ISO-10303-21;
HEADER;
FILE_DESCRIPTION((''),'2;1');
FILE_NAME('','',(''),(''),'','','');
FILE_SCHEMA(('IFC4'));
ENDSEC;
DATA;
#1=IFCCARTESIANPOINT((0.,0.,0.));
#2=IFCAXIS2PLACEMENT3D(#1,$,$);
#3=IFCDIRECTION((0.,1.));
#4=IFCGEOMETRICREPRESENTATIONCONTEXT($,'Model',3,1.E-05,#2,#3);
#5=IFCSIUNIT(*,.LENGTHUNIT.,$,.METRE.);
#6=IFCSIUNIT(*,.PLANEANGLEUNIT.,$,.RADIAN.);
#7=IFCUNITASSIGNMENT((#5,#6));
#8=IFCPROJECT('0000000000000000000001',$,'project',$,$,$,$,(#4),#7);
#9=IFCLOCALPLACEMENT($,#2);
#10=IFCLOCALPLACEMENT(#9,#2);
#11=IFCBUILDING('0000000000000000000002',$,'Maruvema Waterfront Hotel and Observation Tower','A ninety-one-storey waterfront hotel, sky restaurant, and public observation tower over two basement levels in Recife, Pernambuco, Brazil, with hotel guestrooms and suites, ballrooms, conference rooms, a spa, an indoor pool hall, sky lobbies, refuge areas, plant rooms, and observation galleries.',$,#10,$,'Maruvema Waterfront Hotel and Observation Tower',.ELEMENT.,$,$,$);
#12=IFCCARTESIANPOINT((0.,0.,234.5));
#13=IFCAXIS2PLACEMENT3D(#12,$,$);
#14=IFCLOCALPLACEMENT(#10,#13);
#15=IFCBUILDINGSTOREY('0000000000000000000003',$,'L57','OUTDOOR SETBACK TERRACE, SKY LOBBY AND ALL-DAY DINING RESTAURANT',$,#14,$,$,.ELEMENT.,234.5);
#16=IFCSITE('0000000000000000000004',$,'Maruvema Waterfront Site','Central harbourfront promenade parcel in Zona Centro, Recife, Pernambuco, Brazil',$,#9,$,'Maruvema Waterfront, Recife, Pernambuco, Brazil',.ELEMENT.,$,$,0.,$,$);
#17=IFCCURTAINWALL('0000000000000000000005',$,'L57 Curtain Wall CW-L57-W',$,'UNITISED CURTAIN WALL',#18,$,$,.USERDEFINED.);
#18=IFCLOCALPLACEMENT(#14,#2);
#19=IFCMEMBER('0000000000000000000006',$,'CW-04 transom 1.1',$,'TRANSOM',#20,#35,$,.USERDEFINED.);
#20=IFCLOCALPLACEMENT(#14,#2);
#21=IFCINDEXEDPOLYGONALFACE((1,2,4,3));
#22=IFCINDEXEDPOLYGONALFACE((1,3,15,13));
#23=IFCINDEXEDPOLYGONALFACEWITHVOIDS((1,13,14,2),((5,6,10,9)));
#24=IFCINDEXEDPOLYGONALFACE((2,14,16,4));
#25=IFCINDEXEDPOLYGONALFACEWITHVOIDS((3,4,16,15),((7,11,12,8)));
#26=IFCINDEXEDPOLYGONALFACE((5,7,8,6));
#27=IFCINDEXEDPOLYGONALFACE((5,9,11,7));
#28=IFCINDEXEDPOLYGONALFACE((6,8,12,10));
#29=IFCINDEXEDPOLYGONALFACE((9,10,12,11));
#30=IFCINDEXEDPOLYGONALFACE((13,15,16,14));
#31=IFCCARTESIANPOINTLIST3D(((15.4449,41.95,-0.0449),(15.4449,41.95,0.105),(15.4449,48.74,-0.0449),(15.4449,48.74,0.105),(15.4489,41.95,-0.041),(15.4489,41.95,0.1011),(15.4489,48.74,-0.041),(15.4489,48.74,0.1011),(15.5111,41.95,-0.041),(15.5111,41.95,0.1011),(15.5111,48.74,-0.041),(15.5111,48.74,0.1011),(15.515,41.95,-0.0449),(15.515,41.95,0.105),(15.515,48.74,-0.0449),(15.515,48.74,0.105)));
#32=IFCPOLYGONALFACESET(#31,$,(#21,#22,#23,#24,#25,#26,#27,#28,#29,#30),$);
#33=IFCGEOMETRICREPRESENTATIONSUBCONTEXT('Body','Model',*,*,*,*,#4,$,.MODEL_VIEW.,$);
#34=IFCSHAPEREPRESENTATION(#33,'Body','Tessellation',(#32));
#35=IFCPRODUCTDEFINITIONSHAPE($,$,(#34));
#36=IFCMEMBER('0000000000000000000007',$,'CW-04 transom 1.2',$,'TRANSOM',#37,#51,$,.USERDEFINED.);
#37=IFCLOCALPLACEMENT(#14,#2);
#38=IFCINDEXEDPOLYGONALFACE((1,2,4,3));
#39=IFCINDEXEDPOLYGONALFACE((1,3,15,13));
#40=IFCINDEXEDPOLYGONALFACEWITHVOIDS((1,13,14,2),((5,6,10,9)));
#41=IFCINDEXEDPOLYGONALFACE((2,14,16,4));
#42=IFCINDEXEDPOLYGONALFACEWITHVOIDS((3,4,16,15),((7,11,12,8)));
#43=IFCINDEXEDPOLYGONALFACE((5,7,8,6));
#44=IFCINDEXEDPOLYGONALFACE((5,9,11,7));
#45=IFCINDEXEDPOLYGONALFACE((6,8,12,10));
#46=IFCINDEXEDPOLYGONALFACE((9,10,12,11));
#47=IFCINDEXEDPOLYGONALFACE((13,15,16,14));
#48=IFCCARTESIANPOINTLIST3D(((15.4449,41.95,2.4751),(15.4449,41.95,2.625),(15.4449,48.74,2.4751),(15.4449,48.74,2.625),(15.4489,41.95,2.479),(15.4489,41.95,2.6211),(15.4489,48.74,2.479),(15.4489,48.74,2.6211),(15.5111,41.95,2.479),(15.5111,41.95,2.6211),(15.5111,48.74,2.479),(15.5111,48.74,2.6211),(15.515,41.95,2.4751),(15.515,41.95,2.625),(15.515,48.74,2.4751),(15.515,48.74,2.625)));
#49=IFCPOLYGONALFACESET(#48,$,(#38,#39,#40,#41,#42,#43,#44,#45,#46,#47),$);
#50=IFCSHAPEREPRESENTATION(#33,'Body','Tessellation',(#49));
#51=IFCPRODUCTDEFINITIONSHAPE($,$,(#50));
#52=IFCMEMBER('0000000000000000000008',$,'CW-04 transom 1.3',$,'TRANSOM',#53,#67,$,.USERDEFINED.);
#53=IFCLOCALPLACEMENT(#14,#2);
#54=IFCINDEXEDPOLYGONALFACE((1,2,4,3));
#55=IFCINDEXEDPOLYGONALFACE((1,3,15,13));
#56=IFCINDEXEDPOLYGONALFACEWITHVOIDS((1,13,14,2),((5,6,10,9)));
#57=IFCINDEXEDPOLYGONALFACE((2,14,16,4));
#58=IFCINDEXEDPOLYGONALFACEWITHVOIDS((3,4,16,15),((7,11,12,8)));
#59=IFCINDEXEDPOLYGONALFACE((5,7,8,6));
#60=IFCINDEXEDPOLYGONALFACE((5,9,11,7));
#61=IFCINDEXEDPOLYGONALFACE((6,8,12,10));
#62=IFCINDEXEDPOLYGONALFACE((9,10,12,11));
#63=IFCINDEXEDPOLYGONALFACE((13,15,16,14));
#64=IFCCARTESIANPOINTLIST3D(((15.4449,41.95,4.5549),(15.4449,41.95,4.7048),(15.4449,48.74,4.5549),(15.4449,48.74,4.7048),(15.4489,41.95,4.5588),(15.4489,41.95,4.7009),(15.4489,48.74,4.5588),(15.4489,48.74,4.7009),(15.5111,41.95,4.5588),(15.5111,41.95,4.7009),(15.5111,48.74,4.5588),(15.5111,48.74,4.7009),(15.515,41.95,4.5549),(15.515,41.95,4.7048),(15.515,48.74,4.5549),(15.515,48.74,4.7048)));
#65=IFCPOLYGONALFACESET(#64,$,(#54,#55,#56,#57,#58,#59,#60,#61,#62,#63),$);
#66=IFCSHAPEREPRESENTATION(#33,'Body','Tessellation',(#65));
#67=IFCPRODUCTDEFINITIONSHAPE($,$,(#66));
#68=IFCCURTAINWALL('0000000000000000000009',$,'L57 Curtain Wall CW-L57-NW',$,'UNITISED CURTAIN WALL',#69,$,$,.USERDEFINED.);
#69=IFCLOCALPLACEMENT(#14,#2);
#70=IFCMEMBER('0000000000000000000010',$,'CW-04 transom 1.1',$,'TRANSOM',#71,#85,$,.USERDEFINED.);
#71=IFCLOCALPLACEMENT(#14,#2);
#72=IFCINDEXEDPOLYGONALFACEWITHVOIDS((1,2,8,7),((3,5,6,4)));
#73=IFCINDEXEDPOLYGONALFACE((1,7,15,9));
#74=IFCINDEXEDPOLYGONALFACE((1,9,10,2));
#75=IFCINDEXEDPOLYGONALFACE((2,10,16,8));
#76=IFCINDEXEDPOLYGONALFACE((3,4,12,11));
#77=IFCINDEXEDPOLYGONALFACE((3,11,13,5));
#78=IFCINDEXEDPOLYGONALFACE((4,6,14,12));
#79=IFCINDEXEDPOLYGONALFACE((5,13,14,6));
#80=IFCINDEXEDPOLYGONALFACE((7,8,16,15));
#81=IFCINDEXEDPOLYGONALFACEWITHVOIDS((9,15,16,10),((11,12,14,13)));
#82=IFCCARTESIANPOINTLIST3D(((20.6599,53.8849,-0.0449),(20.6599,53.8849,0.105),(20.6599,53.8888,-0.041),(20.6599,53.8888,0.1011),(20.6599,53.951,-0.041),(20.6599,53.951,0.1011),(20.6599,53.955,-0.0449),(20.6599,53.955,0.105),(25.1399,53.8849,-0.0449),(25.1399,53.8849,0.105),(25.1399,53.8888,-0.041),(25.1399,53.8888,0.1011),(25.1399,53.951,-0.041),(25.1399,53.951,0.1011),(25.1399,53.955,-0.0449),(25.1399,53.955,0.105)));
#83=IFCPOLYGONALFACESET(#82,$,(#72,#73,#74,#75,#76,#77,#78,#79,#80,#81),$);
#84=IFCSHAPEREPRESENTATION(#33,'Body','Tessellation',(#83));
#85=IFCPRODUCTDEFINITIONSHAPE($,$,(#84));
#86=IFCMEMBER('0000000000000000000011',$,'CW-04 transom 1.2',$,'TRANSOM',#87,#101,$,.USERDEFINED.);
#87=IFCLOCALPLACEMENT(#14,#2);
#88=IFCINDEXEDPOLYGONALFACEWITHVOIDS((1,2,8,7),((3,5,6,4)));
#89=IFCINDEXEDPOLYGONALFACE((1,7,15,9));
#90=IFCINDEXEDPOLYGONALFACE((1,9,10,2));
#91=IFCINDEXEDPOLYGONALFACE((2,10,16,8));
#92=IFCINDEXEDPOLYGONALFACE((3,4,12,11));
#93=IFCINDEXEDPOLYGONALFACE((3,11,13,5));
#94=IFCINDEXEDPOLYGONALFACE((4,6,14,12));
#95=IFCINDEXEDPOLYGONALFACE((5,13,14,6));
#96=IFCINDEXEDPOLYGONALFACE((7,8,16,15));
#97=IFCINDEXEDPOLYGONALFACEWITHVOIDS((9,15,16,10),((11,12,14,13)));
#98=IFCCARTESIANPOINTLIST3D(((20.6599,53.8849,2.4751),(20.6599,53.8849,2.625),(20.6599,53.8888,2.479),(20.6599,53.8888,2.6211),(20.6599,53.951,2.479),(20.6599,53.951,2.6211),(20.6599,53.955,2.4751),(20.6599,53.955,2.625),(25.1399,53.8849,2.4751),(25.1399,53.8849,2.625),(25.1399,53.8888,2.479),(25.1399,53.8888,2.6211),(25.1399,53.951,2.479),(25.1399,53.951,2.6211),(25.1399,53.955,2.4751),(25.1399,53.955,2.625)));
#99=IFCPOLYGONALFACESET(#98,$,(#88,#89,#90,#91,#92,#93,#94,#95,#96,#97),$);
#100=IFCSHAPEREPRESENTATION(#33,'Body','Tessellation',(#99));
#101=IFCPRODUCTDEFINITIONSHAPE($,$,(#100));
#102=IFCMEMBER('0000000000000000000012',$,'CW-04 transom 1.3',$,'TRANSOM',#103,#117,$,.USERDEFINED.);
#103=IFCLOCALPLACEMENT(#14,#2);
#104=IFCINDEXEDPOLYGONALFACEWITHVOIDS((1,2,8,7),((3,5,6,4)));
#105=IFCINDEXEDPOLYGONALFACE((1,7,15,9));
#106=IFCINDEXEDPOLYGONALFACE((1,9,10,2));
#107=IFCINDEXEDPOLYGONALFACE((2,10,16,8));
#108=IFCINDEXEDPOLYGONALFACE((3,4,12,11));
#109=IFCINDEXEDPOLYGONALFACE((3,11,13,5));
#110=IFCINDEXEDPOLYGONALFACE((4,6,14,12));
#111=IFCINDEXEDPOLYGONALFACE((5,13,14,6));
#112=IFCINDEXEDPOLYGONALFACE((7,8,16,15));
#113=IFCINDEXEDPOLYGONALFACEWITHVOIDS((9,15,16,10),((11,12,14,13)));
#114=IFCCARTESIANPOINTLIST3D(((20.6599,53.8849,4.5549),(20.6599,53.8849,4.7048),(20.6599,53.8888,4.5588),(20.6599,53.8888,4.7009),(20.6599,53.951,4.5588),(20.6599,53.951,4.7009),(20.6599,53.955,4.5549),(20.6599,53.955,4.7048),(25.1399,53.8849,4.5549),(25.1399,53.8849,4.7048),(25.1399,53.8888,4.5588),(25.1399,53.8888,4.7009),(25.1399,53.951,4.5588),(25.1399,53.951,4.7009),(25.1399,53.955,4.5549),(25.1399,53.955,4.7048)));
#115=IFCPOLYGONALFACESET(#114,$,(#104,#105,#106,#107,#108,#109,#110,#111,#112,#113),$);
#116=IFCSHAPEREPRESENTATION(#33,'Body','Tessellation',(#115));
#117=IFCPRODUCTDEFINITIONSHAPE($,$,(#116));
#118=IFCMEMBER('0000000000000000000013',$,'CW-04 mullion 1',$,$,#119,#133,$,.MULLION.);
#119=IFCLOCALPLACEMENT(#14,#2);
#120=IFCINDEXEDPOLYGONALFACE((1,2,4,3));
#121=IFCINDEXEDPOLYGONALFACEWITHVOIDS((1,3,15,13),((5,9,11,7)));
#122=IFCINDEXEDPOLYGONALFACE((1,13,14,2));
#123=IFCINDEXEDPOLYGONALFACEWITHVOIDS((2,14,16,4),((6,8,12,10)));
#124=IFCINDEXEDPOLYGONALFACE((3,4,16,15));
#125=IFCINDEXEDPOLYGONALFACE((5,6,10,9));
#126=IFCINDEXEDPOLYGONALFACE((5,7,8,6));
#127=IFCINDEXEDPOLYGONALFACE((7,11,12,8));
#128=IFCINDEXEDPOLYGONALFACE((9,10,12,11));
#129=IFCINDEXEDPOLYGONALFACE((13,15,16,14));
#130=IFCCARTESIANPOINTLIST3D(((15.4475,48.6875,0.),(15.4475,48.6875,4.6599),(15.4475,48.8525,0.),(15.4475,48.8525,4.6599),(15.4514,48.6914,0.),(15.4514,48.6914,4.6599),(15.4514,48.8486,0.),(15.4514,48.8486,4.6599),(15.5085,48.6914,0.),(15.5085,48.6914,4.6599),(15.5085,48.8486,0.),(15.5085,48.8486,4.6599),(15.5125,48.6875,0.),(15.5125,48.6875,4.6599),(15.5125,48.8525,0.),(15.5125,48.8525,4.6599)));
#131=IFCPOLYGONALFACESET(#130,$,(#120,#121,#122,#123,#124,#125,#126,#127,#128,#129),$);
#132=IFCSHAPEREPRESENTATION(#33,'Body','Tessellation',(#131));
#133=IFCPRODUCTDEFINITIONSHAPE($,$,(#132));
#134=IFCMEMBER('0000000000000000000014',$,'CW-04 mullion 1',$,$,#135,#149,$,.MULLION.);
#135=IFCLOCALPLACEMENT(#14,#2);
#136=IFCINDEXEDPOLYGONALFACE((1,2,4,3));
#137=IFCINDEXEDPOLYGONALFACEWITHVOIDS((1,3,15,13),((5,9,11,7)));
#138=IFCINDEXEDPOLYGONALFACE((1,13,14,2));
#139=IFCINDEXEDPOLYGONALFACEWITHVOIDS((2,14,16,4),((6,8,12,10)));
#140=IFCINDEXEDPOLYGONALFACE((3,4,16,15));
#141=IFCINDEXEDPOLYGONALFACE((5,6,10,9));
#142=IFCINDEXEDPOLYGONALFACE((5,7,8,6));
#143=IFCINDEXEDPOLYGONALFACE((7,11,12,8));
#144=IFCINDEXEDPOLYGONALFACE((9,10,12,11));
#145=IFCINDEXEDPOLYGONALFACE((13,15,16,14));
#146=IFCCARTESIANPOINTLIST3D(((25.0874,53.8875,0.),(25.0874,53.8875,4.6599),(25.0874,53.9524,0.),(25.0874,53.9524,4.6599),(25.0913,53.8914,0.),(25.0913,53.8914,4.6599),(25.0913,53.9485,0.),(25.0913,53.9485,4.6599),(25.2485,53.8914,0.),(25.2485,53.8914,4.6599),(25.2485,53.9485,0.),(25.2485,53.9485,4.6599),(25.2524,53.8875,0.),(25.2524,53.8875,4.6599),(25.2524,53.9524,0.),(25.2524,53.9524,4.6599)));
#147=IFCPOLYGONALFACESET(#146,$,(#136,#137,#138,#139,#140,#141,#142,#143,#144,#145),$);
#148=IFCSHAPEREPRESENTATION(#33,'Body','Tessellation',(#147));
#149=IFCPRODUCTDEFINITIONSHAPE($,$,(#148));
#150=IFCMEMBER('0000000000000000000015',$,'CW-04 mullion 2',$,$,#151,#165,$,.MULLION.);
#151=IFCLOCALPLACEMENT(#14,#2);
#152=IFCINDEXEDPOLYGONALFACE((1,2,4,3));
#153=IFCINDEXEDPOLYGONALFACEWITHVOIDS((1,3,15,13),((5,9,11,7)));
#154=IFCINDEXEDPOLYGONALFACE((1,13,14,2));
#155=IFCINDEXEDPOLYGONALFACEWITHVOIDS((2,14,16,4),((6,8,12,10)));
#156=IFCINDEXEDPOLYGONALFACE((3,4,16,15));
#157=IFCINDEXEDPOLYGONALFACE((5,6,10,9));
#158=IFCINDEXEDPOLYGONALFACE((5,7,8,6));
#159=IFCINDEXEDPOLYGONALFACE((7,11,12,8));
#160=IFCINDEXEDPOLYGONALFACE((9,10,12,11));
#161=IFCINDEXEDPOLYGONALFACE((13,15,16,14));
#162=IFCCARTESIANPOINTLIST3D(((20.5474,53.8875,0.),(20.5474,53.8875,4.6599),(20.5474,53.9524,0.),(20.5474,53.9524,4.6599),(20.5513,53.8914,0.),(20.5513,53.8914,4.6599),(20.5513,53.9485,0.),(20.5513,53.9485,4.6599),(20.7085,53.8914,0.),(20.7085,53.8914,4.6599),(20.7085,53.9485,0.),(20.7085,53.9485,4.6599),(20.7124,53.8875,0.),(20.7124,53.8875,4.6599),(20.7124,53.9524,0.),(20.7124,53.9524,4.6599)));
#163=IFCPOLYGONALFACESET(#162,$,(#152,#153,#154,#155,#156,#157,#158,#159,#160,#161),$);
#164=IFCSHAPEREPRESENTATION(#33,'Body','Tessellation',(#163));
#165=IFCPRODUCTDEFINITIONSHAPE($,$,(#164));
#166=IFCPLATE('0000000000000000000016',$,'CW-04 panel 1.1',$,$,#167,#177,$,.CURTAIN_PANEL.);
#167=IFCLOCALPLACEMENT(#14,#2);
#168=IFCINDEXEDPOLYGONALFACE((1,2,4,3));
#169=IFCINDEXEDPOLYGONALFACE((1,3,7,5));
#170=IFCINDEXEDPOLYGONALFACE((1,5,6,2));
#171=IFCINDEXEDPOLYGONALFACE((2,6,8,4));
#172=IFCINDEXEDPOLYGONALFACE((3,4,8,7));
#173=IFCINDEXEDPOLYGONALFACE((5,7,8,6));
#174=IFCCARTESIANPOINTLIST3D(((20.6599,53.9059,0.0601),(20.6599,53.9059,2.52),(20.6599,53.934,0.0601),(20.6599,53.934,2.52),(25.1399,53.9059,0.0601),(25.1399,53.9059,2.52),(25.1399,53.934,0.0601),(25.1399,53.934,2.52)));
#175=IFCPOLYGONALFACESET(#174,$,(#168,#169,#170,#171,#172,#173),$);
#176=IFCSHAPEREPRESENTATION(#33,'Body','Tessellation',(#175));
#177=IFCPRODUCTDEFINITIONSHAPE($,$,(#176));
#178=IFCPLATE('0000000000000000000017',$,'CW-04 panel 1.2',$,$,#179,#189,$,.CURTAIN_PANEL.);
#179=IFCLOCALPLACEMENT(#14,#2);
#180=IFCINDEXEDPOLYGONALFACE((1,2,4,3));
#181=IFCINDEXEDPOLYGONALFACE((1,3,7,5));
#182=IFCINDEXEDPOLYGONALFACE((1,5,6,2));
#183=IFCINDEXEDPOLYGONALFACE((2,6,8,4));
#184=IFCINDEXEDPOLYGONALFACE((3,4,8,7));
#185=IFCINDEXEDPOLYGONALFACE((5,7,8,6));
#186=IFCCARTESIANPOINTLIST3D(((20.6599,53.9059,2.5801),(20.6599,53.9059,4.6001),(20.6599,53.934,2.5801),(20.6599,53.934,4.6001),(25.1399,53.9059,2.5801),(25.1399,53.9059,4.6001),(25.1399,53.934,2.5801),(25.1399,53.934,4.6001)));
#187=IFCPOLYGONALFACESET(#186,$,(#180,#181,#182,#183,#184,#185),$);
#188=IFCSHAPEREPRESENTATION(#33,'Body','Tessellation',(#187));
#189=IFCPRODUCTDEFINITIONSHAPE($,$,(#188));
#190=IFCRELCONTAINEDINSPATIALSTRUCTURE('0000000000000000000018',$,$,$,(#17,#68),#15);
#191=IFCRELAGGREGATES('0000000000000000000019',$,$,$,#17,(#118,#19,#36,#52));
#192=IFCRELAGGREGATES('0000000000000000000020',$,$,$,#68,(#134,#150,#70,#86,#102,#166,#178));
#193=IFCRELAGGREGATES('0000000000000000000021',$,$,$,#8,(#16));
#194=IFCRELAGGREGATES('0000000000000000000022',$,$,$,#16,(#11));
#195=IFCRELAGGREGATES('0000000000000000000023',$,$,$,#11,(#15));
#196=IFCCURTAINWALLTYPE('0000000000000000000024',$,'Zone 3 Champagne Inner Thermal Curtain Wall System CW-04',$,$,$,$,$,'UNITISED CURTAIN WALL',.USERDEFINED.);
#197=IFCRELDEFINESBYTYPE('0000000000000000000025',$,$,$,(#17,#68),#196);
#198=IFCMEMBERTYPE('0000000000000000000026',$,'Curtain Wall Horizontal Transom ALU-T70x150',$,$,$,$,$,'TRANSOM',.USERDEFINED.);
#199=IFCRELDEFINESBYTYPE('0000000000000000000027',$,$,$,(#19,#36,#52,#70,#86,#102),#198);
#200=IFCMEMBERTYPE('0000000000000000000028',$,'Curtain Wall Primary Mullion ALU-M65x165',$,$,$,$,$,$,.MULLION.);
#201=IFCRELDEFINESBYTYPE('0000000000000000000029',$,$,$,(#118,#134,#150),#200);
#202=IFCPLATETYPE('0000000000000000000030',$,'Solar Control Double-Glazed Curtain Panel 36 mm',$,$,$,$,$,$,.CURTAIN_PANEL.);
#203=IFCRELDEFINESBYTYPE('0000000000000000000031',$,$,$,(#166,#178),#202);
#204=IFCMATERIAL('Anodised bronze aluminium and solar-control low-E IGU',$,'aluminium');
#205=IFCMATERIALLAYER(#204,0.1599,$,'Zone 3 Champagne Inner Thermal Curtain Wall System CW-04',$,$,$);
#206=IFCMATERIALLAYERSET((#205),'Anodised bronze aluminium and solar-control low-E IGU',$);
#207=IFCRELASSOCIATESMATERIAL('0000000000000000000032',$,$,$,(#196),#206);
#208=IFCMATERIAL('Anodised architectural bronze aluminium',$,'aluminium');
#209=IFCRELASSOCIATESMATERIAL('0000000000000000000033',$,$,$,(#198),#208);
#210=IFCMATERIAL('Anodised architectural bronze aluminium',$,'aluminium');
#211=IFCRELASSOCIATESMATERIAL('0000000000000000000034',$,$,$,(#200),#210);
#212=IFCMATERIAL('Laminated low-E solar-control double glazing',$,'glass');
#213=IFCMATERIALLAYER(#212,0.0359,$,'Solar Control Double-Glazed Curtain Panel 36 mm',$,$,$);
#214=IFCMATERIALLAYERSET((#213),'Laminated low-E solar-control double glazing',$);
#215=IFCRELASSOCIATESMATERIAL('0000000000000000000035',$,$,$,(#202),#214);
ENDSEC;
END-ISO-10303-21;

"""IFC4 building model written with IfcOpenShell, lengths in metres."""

from ifc_helpers import new_model, si_unit, direction, frame, origin, origin_2d, place, context, subcontext, project, spatial, rectangle, hollow_rectangle, extrude, material, layer, layer_set, material_profile, profile_set, type_object, element, aggregate, save


model = new_model("IFC4")

# Units and contexts
model_context = context("Model", 3, precision=1e-05, world=origin(), true_north=direction((0.0, 1.0)))
body_context = subcontext(model_context, "Body", "Model", "MODEL_VIEW")
ifc_project = project(units=[si_unit("LENGTHUNIT", "METRE"), si_unit("PLANEANGLEUNIT", "RADIAN")], contexts=[model_context])

# Site, building, storey
site_placement = place(None, origin())
site = spatial("IfcSite", under=ifc_project, at=site_placement, Name="Maruvema Waterfront Site", Description="Central harbourfront promenade parcel in Zona Centro, Recife, Pernambuco, Brazil", LongName="Maruvema Waterfront, Recife, Pernambuco, Brazil", CompositionType="ELEMENT", RefElevation=0.0)
building_placement = place(site_placement, origin())
building = spatial("IfcBuilding", under=site, at=building_placement, Name="Maruvema Waterfront Hotel and Observation Tower", Description="A ninety-one-storey waterfront hotel, sky restaurant, and public observation tower over two basement levels in Recife, Pernambuco, Brazil, with hotel guestrooms and suites, ballrooms, conference rooms, a spa, an indoor pool hall, sky lobbies, refuge areas, plant rooms, and observation galleries.", LongName="Maruvema Waterfront Hotel and Observation Tower", CompositionType="ELEMENT")
storey_placement = place(building_placement, frame((0.0, 0.0, 234.5)))
storey = spatial("IfcBuildingStorey", under=building, at=storey_placement, Name="L57", Description="OUTDOOR SETBACK TERRACE, SKY LOBBY AND ALL-DAY DINING RESTAURANT", CompositionType="ELEMENT", Elevation=234.5)

# Curtain walls, members
ifc_material_1 = material(Name="Anodised bronze aluminium and solar-control low-E IGU", Category="aluminium")
ifc_layer_1 = layer(ifc_material_1, 0.1599, Name="Zone 3 Champagne Inner Thermal Curtain Wall System CW-04")
ifc_layer_set_1 = layer_set([ifc_layer_1], Name="Anodised bronze aluminium and solar-control low-E IGU")
curtain_wall_type = type_object("IfcCurtainWallType", Name="Zone 3 Champagne Inner Thermal Curtain Wall System CW-04", ElementType="UNITISED CURTAIN WALL", PredefinedType="USERDEFINED", material=ifc_layer_set_1)
curtain_wall_1_placement = place(storey_placement, origin())
curtain_wall_1 = element("IfcCurtainWall", 1, at=curtain_wall_1_placement, inside=storey, type_object=curtain_wall_type, Name="L57 Curtain Wall CW-L57-W", ObjectType="UNITISED CURTAIN WALL", PredefinedType="USERDEFINED")
ifc_material_2 = material(Name="Anodised architectural bronze aluminium", Category="aluminium")
ifc_material_profile_1 = material_profile(ifc_material_2, hollow_rectangle(XDim=0.0701, YDim=0.1499, WallThickness=0.0039, at=origin_2d()), Name="ALU-T70x150")
ifc_profile_set_1 = profile_set([ifc_material_profile_1], Name="Anodised architectural bronze aluminium")
member_type_1 = type_object("IfcMemberType", Name="Curtain Wall Horizontal Transom ALU-T70x150", ElementType="TRANSOM", PredefinedType="USERDEFINED", material=ifc_profile_set_1)
member_1_placement = place(storey_placement, frame((15.48, 48.74, 0.03), z_axis=(0.0, -1.0, 0.0), x_axis=(1.0, 0.0, 0.0)))
member_1 = element("IfcMember", 2, at=member_1_placement, type_object=member_type_1, Name="CW-04 transom 1.1", ObjectType="TRANSOM", PredefinedType="USERDEFINED", context=body_context, shape_type="SweptSolid", body=[
    extrude(hollow_rectangle(XDim=0.0701, YDim=0.1499, WallThickness=0.0039, at=origin_2d()), origin(), (0.0, 0.0, 1.0), 6.79),
])
member_2_placement = place(storey_placement, frame((15.48, 48.74, 2.55), z_axis=(0.0, -1.0, 0.0), x_axis=(1.0, 0.0, 0.0)))
member_2 = element("IfcMember", 3, at=member_2_placement, type_object=member_type_1, Name="CW-04 transom 1.2", ObjectType="TRANSOM", PredefinedType="USERDEFINED", context=body_context, shape_type="SweptSolid", body=[
    extrude(hollow_rectangle(XDim=0.0701, YDim=0.1499, WallThickness=0.0039, at=origin_2d()), origin(), (0.0, 0.0, 1.0), 6.79),
])
member_3_placement = place(storey_placement, frame((15.48, 48.74, 4.6299), z_axis=(0.0, -1.0, 0.0), x_axis=(1.0, 0.0, 0.0)))
member_3 = element("IfcMember", 4, at=member_3_placement, type_object=member_type_1, Name="CW-04 transom 1.3", ObjectType="TRANSOM", PredefinedType="USERDEFINED", context=body_context, shape_type="SweptSolid", body=[
    extrude(hollow_rectangle(XDim=0.0701, YDim=0.1499, WallThickness=0.0039, at=origin_2d()), origin(), (0.0, 0.0, 1.0), 6.79),
])
curtain_wall_2_placement = place(storey_placement, origin())
curtain_wall_2 = element("IfcCurtainWall", 5, at=curtain_wall_2_placement, inside=storey, type_object=curtain_wall_type, Name="L57 Curtain Wall CW-L57-NW", ObjectType="UNITISED CURTAIN WALL", PredefinedType="USERDEFINED")
member_4_placement = place(storey_placement, frame((25.1399, 53.9199, 0.03), z_axis=(-1.0, 0.0, 0.0), x_axis=(0.0, -1.0, 0.0)))
member_4 = element("IfcMember", 6, at=member_4_placement, type_object=member_type_1, Name="CW-04 transom 1.1", ObjectType="TRANSOM", PredefinedType="USERDEFINED", context=body_context, shape_type="SweptSolid", body=[
    extrude(hollow_rectangle(XDim=0.0701, YDim=0.1499, WallThickness=0.0039, at=origin_2d()), origin(), (0.0, 0.0, 1.0), 4.48),
])
member_5_placement = place(storey_placement, frame((25.1399, 53.9199, 2.55), z_axis=(-1.0, 0.0, 0.0), x_axis=(0.0, -1.0, 0.0)))
member_5 = element("IfcMember", 7, at=member_5_placement, type_object=member_type_1, Name="CW-04 transom 1.2", ObjectType="TRANSOM", PredefinedType="USERDEFINED", context=body_context, shape_type="SweptSolid", body=[
    extrude(hollow_rectangle(XDim=0.0701, YDim=0.1499, WallThickness=0.0039, at=origin_2d()), origin(), (0.0, 0.0, 1.0), 4.48),
])
member_6_placement = place(storey_placement, frame((25.1399, 53.9199, 4.6299), z_axis=(-1.0, 0.0, 0.0), x_axis=(0.0, -1.0, 0.0)))
member_6 = element("IfcMember", 8, at=member_6_placement, type_object=member_type_1, Name="CW-04 transom 1.3", ObjectType="TRANSOM", PredefinedType="USERDEFINED", context=body_context, shape_type="SweptSolid", body=[
    extrude(hollow_rectangle(XDim=0.0701, YDim=0.1499, WallThickness=0.0039, at=origin_2d()), origin(), (0.0, 0.0, 1.0), 4.48),
])

# Members
ifc_material_3 = material(Name="Anodised architectural bronze aluminium", Category="aluminium")
ifc_material_profile_2 = material_profile(ifc_material_3, hollow_rectangle(XDim=0.0649, YDim=0.165, WallThickness=0.0039, at=origin_2d()), Name="ALU-M65x165")
ifc_profile_set_2 = profile_set([ifc_material_profile_2], Name="Anodised architectural bronze aluminium")
member_type_2 = type_object("IfcMemberType", Name="Curtain Wall Primary Mullion ALU-M65x165", PredefinedType="MULLION", material=ifc_profile_set_2)
member_7_placement = place(storey_placement, frame((15.48, 48.77, 0.0), z_axis=(0.0, 0.0, 1.0), x_axis=(1.0, 0.0, 0.0)))
member_7 = element("IfcMember", 9, at=member_7_placement, type_object=member_type_2, Name="CW-04 mullion 1", PredefinedType="MULLION", context=body_context, shape_type="SweptSolid", body=[
    extrude(hollow_rectangle(XDim=0.0649, YDim=0.165, WallThickness=0.0039, at=origin_2d()), origin(), (0.0, 0.0, 1.0), 4.6599),
])
aggregate(curtain_wall_1, [member_7, member_1, member_2, member_3])
member_8_placement = place(storey_placement, frame((25.1699, 53.9199, 0.0), z_axis=(0.0, 0.0, 1.0), x_axis=(0.0, -1.0, 0.0)))
member_8 = element("IfcMember", 10, at=member_8_placement, type_object=member_type_2, Name="CW-04 mullion 1", PredefinedType="MULLION", context=body_context, shape_type="SweptSolid", body=[
    extrude(hollow_rectangle(XDim=0.0649, YDim=0.165, WallThickness=0.0039, at=origin_2d()), origin(), (0.0, 0.0, 1.0), 4.6599),
])
member_9_placement = place(storey_placement, frame((20.6299, 53.9199, 0.0), z_axis=(0.0, 0.0, 1.0), x_axis=(0.0, -1.0, 0.0)))
member_9 = element("IfcMember", 11, at=member_9_placement, type_object=member_type_2, Name="CW-04 mullion 2", PredefinedType="MULLION", context=body_context, shape_type="SweptSolid", body=[
    extrude(hollow_rectangle(XDim=0.0649, YDim=0.165, WallThickness=0.0039, at=origin_2d()), origin(), (0.0, 0.0, 1.0), 4.6599),
])

# Plates
ifc_material_4 = material(Name="Laminated low-E solar-control double glazing", Category="glass")
ifc_layer_2 = layer(ifc_material_4, 0.0359, Name="Solar Control Double-Glazed Curtain Panel 36 mm")
ifc_layer_set_2 = layer_set([ifc_layer_2], Name="Laminated low-E solar-control double glazing")
plate_type = type_object("IfcPlateType", Name="Solar Control Double-Glazed Curtain Panel 36 mm", PredefinedType="CURTAIN_PANEL", material=ifc_layer_set_2)
plate_1_placement = place(storey_placement, frame((22.8999, 53.9199, 0.0601), z_axis=(0.0, 0.0, 1.0), x_axis=(-1.0, 0.0, 0.0)))
plate_1 = element("IfcPlate", 12, at=plate_1_placement, type_object=plate_type, Name="CW-04 panel 1.1", PredefinedType="CURTAIN_PANEL", context=body_context, shape_type="SweptSolid", body=[
    extrude(rectangle(XDim=4.48, YDim=0.0281, at=origin_2d()), origin(), (0.0, 0.0, 1.0), 2.46),
])
plate_2_placement = place(storey_placement, frame((22.8999, 53.9199, 2.5801), z_axis=(0.0, 0.0, 1.0), x_axis=(-1.0, 0.0, 0.0)))
plate_2 = element("IfcPlate", 13, at=plate_2_placement, type_object=plate_type, Name="CW-04 panel 1.2", PredefinedType="CURTAIN_PANEL", context=body_context, shape_type="SweptSolid", body=[
    extrude(rectangle(XDim=4.48, YDim=0.0281, at=origin_2d()), origin(), (0.0, 0.0, 1.0), 2.02),
])
aggregate(curtain_wall_2, [member_8, member_9, member_4, member_5, member_6, plate_1, plate_2])

save(model, "model.ifc")
